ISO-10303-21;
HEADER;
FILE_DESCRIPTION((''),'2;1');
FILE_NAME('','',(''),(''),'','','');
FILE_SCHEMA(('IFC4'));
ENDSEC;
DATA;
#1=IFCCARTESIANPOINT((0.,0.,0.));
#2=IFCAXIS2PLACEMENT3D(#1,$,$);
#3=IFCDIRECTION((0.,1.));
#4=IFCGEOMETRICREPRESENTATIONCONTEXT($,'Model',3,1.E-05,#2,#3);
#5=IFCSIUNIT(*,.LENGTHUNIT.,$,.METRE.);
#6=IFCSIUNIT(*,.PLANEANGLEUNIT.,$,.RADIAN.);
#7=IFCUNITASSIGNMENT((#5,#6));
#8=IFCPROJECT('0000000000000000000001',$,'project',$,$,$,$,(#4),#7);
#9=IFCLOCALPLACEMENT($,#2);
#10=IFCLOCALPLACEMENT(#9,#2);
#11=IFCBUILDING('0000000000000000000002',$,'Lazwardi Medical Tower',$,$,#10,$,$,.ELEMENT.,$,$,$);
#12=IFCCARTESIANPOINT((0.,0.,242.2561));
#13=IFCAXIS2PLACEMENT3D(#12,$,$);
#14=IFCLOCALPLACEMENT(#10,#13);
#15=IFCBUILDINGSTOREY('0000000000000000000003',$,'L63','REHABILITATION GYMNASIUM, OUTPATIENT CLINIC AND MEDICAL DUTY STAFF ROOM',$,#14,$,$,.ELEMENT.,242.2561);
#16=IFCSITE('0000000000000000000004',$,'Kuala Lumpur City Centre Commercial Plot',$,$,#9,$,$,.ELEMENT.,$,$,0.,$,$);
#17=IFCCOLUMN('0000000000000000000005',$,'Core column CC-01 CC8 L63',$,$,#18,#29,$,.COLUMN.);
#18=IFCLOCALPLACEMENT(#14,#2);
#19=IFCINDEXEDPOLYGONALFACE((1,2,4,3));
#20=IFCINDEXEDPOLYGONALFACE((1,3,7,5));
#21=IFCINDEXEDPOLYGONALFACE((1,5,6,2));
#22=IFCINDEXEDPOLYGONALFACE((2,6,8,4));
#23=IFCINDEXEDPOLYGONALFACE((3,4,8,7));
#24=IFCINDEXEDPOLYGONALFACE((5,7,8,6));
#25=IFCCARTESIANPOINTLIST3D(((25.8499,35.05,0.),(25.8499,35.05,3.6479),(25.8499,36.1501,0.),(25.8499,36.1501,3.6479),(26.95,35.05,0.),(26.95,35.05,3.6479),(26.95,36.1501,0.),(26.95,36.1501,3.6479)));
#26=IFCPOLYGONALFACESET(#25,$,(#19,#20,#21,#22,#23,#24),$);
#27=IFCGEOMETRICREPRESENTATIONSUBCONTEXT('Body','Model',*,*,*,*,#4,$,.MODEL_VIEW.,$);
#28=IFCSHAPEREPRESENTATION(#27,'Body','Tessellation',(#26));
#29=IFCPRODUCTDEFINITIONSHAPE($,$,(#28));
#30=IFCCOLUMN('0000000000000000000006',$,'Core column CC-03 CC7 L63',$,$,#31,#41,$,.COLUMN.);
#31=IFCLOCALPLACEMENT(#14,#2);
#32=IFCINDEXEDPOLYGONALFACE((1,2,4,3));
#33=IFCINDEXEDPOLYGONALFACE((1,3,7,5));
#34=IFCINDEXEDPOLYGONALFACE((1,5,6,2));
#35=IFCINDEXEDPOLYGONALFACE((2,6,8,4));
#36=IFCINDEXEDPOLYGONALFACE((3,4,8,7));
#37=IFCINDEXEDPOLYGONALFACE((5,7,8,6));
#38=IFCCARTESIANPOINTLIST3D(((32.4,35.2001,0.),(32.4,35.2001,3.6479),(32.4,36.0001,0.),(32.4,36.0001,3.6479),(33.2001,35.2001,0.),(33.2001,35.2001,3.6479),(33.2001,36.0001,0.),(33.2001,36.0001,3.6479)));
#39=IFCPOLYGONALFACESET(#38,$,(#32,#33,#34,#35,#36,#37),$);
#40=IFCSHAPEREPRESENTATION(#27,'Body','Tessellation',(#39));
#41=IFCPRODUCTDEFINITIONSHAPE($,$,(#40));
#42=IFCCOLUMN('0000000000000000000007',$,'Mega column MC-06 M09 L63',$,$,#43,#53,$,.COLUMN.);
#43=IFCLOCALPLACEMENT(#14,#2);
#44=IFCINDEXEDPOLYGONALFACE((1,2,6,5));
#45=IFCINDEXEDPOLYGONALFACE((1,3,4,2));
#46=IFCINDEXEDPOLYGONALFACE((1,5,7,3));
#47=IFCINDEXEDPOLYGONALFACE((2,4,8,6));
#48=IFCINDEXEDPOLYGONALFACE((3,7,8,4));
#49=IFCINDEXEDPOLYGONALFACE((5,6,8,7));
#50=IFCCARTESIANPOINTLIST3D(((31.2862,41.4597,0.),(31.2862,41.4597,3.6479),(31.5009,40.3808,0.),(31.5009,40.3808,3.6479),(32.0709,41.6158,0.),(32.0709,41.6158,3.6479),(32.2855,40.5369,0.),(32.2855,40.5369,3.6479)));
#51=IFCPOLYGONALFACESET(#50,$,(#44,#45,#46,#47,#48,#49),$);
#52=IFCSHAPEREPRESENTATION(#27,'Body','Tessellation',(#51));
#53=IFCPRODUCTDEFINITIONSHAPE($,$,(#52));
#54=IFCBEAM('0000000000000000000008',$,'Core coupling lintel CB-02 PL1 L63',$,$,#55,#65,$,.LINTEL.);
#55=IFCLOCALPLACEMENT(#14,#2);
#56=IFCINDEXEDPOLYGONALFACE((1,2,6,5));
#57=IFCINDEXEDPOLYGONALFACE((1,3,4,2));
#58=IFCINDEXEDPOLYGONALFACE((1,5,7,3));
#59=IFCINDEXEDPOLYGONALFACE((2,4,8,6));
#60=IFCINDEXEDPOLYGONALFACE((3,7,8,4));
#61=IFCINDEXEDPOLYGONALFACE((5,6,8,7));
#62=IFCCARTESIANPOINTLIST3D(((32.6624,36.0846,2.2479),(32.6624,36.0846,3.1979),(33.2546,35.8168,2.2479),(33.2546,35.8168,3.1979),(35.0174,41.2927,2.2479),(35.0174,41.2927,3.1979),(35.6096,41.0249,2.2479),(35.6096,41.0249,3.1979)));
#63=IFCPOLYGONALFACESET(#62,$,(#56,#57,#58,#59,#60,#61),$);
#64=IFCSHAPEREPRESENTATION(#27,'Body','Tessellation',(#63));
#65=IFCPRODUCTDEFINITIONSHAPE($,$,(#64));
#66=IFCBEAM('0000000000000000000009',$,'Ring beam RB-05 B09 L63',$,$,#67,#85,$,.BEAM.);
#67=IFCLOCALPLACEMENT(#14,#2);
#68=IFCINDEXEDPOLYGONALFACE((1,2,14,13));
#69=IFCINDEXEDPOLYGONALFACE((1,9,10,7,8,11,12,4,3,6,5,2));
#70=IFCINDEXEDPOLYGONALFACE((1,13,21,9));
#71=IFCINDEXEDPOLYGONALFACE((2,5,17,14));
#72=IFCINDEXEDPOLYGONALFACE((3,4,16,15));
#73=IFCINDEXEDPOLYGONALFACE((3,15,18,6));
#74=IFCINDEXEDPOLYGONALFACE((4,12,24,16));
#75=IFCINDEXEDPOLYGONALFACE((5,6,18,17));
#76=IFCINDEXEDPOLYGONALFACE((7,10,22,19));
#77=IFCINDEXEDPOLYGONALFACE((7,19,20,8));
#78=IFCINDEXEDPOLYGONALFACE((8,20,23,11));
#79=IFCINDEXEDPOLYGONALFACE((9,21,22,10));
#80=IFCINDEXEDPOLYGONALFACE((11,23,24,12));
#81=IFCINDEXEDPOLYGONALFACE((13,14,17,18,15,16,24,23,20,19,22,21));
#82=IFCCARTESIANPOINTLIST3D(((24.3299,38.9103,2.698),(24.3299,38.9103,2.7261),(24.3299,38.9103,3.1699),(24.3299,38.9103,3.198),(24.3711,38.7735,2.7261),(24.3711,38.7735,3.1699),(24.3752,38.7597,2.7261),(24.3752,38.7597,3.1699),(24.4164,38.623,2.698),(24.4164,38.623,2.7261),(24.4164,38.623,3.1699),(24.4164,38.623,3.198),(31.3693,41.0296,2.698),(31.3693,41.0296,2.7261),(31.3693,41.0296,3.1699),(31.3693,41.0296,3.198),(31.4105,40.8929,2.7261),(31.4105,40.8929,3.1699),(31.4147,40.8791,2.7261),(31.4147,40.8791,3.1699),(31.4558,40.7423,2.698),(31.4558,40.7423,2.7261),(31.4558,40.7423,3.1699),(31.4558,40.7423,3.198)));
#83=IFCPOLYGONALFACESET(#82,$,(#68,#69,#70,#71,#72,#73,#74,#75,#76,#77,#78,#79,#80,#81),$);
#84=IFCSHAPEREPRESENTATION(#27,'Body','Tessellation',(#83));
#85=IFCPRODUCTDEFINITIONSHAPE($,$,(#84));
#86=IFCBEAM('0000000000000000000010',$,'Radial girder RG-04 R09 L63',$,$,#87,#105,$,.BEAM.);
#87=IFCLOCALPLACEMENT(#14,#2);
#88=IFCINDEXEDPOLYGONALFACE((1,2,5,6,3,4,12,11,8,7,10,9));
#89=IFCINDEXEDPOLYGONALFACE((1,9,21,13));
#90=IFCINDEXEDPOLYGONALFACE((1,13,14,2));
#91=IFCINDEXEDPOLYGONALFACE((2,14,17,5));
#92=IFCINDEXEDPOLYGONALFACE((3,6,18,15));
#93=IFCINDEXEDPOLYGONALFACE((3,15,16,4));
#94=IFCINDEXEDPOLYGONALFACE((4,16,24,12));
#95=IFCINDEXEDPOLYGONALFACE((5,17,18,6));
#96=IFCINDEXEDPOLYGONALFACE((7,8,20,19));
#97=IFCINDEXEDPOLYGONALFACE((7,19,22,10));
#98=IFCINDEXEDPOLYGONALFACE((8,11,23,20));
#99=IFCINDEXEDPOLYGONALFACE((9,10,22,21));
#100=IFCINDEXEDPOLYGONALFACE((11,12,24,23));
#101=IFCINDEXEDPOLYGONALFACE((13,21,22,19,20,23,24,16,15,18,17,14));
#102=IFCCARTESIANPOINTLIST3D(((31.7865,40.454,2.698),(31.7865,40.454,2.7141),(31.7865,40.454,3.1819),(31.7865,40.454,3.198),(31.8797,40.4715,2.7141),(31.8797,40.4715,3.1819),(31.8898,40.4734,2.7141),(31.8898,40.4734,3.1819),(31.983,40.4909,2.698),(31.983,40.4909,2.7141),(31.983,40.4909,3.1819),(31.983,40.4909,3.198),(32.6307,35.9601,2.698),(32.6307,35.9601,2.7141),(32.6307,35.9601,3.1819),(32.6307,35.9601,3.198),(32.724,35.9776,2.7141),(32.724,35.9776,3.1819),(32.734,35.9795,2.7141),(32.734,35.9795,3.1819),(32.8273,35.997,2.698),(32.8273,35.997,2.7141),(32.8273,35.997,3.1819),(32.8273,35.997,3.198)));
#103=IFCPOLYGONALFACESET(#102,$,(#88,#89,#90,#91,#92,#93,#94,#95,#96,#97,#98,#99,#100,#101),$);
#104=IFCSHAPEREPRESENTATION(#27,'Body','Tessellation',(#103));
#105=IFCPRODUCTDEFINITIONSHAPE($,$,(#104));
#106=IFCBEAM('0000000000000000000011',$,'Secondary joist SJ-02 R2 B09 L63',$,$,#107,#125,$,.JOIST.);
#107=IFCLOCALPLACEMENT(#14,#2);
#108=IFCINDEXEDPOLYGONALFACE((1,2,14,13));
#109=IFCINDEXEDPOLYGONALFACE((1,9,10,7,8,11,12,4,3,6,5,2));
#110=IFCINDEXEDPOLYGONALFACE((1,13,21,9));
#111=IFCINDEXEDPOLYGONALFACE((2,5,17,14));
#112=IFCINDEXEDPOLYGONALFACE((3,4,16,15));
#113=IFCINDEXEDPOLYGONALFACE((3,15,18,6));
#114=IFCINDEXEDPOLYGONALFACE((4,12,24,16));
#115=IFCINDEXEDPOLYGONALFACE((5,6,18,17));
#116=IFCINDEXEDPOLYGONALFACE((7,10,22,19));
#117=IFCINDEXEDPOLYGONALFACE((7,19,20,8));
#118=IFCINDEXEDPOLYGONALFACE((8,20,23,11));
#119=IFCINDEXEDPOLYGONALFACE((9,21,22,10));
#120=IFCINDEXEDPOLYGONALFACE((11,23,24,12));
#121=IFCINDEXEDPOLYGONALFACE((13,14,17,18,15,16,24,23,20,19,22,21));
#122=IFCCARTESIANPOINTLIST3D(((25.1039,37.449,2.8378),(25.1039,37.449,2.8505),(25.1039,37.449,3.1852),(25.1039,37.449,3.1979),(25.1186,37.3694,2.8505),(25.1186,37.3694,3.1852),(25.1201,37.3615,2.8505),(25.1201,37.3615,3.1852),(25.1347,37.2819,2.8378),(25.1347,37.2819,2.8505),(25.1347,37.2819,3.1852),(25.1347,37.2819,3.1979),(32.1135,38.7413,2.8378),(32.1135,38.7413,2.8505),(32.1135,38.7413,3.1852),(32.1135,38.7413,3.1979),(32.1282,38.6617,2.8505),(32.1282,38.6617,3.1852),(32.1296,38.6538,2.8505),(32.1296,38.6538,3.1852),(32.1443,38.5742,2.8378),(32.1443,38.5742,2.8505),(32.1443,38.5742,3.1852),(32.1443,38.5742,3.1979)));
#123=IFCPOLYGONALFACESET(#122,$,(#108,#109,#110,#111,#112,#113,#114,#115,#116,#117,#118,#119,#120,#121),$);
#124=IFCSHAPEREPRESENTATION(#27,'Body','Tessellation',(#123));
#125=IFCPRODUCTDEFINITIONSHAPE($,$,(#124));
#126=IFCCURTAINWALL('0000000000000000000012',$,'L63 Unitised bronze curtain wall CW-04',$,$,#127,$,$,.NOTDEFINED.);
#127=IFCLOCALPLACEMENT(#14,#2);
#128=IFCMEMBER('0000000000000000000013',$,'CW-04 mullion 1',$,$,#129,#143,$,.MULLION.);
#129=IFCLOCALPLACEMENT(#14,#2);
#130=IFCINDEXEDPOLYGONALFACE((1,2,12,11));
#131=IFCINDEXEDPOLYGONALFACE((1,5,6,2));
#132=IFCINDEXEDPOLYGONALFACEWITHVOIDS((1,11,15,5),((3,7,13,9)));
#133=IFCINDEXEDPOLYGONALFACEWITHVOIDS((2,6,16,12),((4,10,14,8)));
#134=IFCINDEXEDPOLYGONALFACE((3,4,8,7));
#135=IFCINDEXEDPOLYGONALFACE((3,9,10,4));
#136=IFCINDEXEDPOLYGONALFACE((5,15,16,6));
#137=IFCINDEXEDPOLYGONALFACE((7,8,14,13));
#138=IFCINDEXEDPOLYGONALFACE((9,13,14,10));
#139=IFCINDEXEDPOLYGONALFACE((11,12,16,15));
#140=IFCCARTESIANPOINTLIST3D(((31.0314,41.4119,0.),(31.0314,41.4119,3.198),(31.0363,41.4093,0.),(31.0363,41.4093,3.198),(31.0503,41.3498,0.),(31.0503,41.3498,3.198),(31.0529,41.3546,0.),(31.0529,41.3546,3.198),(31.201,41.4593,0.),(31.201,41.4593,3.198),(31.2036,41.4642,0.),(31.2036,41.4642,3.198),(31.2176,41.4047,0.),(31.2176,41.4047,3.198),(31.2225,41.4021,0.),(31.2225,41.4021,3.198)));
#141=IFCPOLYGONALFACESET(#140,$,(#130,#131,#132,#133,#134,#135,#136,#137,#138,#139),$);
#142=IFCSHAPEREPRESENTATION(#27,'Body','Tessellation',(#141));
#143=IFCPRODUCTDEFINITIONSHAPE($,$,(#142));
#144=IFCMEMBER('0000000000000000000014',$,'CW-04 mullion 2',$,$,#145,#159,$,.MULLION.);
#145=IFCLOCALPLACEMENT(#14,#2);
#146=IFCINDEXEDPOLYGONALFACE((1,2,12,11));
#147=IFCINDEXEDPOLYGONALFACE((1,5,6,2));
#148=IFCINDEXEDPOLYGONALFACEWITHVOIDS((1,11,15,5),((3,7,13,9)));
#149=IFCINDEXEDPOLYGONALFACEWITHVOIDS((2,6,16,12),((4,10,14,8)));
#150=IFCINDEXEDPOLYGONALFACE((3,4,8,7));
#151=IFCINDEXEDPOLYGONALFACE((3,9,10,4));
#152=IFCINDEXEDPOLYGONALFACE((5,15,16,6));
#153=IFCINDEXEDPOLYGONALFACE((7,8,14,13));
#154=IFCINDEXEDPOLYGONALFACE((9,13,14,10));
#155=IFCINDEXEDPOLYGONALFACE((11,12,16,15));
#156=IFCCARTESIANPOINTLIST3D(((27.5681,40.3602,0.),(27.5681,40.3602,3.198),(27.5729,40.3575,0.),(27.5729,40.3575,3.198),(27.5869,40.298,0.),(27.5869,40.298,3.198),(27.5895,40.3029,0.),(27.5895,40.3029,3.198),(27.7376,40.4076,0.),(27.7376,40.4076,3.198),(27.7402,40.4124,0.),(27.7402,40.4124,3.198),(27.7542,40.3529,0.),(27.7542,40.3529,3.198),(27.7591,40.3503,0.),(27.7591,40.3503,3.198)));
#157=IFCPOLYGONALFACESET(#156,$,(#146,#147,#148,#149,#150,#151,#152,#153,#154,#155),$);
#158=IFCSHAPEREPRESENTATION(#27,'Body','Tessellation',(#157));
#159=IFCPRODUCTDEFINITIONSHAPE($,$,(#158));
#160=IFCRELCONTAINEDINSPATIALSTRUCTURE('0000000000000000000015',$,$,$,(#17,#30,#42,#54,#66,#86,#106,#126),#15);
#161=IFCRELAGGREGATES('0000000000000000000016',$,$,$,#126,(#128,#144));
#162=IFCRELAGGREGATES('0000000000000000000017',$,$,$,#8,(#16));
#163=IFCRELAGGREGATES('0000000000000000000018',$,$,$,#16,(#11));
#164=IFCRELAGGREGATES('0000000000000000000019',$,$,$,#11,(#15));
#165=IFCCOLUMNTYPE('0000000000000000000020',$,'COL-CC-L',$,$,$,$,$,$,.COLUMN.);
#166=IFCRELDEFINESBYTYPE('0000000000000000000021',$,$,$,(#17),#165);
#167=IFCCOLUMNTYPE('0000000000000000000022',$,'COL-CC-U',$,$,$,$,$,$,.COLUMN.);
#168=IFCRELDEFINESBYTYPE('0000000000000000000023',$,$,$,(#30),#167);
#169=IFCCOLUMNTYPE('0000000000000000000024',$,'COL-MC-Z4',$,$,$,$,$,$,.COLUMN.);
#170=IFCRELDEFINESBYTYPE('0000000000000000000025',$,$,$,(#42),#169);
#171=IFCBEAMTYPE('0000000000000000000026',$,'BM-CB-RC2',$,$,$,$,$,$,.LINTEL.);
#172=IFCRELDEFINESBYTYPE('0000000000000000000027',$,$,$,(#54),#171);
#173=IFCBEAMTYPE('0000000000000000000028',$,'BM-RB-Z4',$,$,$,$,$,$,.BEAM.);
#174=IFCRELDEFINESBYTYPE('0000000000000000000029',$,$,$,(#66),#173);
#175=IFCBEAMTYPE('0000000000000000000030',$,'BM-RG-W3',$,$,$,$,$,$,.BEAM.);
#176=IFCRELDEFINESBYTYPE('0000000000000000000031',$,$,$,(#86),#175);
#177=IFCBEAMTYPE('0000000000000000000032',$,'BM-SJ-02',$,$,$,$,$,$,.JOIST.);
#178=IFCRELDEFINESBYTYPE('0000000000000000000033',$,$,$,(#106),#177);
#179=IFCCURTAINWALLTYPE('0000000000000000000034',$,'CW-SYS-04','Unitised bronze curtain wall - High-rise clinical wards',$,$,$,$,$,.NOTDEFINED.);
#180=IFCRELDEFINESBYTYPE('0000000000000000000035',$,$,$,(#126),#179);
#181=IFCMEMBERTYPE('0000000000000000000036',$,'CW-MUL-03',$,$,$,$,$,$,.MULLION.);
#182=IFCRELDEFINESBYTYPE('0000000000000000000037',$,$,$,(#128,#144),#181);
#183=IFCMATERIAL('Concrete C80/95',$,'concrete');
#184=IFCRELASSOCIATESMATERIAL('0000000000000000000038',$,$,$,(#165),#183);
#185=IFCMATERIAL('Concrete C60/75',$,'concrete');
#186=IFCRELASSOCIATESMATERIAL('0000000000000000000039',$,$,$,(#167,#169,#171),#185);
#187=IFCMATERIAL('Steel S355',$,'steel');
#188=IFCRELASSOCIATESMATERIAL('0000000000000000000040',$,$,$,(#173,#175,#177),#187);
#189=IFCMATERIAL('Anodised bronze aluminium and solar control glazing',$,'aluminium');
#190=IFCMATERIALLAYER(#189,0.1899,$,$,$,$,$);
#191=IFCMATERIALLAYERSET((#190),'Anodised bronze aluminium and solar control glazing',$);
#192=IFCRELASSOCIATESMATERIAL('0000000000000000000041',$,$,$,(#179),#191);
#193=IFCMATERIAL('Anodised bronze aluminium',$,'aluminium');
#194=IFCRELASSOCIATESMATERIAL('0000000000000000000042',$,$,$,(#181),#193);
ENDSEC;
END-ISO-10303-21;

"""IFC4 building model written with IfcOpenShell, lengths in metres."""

from ifc_helpers import new_model, si_unit, direction, frame, origin, origin_2d, place, context, subcontext, project, spatial, rectangle, hollow_rectangle, i_section, extrude, material, layer, layer_set, material_profile, profile_set, type_object, element, aggregate, save


model = new_model("IFC4")

# Units and contexts
model_context = context("Model", 3, precision=1e-05, world=origin(), true_north=direction((0.0, 1.0)))
body_context = subcontext(model_context, "Body", "Model", "MODEL_VIEW")
ifc_project = project(units=[si_unit("LENGTHUNIT", "METRE"), si_unit("PLANEANGLEUNIT", "RADIAN")], contexts=[model_context])

# Site, building, storey
site_placement = place(None, origin())
site = spatial("IfcSite", under=ifc_project, at=site_placement, Name="Kuala Lumpur City Centre Commercial Plot", CompositionType="ELEMENT", RefElevation=0.0)
building_placement = place(site_placement, origin())
building = spatial("IfcBuilding", under=site, at=building_placement, Name="Lazwardi Medical Tower", CompositionType="ELEMENT")
storey_placement = place(building_placement, frame((0.0, 0.0, 242.2561)))
storey = spatial("IfcBuildingStorey", under=building, at=storey_placement, Name="L63", Description="REHABILITATION GYMNASIUM, OUTPATIENT CLINIC AND MEDICAL DUTY STAFF ROOM", CompositionType="ELEMENT", Elevation=242.2561)

# Columns
ifc_material_1 = material(Name="Concrete C80/95", Category="concrete")
ifc_material_profile_1 = material_profile(ifc_material_1, rectangle(XDim=1.1001, YDim=1.1001, at=origin_2d()), Name="RC 1100x1100")
ifc_profile_set_1 = profile_set([ifc_material_profile_1], Name="Concrete C80/95")
column_type_1 = type_object("IfcColumnType", Name="COL-CC-L", PredefinedType="COLUMN", material=ifc_profile_set_1)
column_1_placement = place(storey_placement, frame((26.3999, 35.6001, 0.0), z_axis=(0.0, 0.0, 1.0), x_axis=(1.0, 0.0, 0.0)))
element("IfcColumn", 1, at=column_1_placement, inside=storey, type_object=column_type_1, Name="Core column CC-01 CC8 L63", PredefinedType="COLUMN", context=body_context, shape_type="SweptSolid", body=[
    extrude(rectangle(XDim=1.1001, YDim=1.1001, at=origin_2d()), origin(), (0.0, 0.0, 1.0), 3.6479),
])
ifc_material_2 = material(Name="Concrete C60/75", Category="concrete")
ifc_material_profile_2 = material_profile(ifc_material_2, rectangle(XDim=0.8, YDim=0.8, at=origin_2d()), Name="RC 800x800")
ifc_profile_set_2 = profile_set([ifc_material_profile_2], Name="Concrete C60/75")
column_type_2 = type_object("IfcColumnType", Name="COL-CC-U", PredefinedType="COLUMN", material=ifc_profile_set_2)
column_2_placement = place(storey_placement, frame((32.8, 35.6001, 0.0), z_axis=(0.0, 0.0, 1.0), x_axis=(1.0, 0.0, 0.0)))
element("IfcColumn", 2, at=column_2_placement, inside=storey, type_object=column_type_2, Name="Core column CC-03 CC7 L63", PredefinedType="COLUMN", context=body_context, shape_type="SweptSolid", body=[
    extrude(rectangle(XDim=0.8, YDim=0.8, at=origin_2d()), origin(), (0.0, 0.0, 1.0), 3.6479),
])
ifc_material_profile_3 = material_profile(ifc_material_2, rectangle(XDim=1.1001, YDim=0.8, at=origin_2d()), Name="CFT-RECT 1100x800")
ifc_profile_set_3 = profile_set([ifc_material_profile_3], Name="Concrete C60/75")
column_type_3 = type_object("IfcColumnType", Name="COL-MC-Z4", PredefinedType="COLUMN", material=ifc_profile_set_3)
column_3_placement = place(storey_placement, frame((31.7859, 40.9983, 0.0), z_axis=(0.0, 0.0, 1.0), x_axis=(-0.19509, 0.980785, 0.0)))
element("IfcColumn", 3, at=column_3_placement, inside=storey, type_object=column_type_3, Name="Mega column MC-06 M09 L63", PredefinedType="COLUMN", context=body_context, shape_type="SweptSolid", body=[
    extrude(rectangle(XDim=1.1001, YDim=0.8, at=origin_2d()), origin(), (0.0, 0.0, 1.0), 3.6479),
])

# Beams
ifc_material_profile_4 = material_profile(ifc_material_2, rectangle(XDim=0.6499, YDim=0.95, at=origin_2d()), Name="RC 650x950")
ifc_profile_set_4 = profile_set([ifc_material_profile_4], Name="Concrete C60/75")
beam_type_1 = type_object("IfcBeamType", Name="BM-CB-RC2", PredefinedType="LINTEL", material=ifc_profile_set_4)
beam_1_placement = place(storey_placement, frame((32.9585, 35.9507, 2.7229), z_axis=(0.412019, 0.911175, 0.0), x_axis=(-0.911175, 0.412019, 0.0)))
element("IfcBeam", 4, at=beam_1_placement, inside=storey, type_object=beam_type_1, Name="Core coupling lintel CB-02 PL1 L63", PredefinedType="LINTEL", context=body_context, shape_type="SweptSolid", body=[
    extrude(rectangle(XDim=0.6499, YDim=0.95, at=origin_2d()), origin(), (0.0, 0.0, 1.0), 5.7158),
])
ifc_material_3 = material(Name="Steel S355", Category="steel")
ifc_material_profile_5 = material_profile(ifc_material_3, i_section(OverallWidth=0.3, OverallDepth=0.5, WebThickness=0.0144, FlangeThickness=0.0281, at=origin_2d()), Name="HEB 500")
ifc_profile_set_5 = profile_set([ifc_material_profile_5], Name="Steel S355")
beam_type_2 = type_object("IfcBeamType", Name="BM-RB-Z4", PredefinedType="BEAM", material=ifc_profile_set_5)
beam_2_placement = place(storey_placement, frame((31.4126, 40.886, 2.948), z_axis=(-0.957544, -0.288286, 0.0), x_axis=(0.288286, -0.957544, 0.0)))
element("IfcBeam", 5, at=beam_2_placement, inside=storey, type_object=beam_type_2, Name="Ring beam RB-05 B09 L63", PredefinedType="BEAM", context=body_context, shape_type="SweptSolid", body=[
    extrude(i_section(OverallWidth=0.3, OverallDepth=0.5, WebThickness=0.0144, FlangeThickness=0.0281, at=origin_2d()), origin(), (0.0, 0.0, 1.0), 7.3516),
])
ifc_material_profile_6 = material_profile(ifc_material_3, i_section(OverallWidth=0.2, OverallDepth=0.5, WebThickness=0.0103, FlangeThickness=0.0161, at=origin_2d()), Name="IPE 500")
ifc_profile_set_6 = profile_set([ifc_material_profile_6], Name="Steel S355")
beam_type_3 = type_object("IfcBeamType", Name="BM-RG-W3", PredefinedType="BEAM", material=ifc_profile_set_6)
beam_3_placement = place(storey_placement, frame((31.8848, 40.4724, 2.948), z_axis=(0.184633, -0.982807, 0.0), x_axis=(0.982807, 0.184633, 0.0)))
element("IfcBeam", 6, at=beam_3_placement, inside=storey, type_object=beam_type_3, Name="Radial girder RG-04 R09 L63", PredefinedType="BEAM", context=body_context, shape_type="SweptSolid", body=[
    extrude(i_section(OverallWidth=0.2, OverallDepth=0.5, WebThickness=0.0103, FlangeThickness=0.0161, at=origin_2d()), origin(), (0.0, 0.0, 1.0), 4.5725),
])
ifc_material_profile_7 = material_profile(ifc_material_3, i_section(OverallWidth=0.1699, OverallDepth=0.3601, WebThickness=0.0081, FlangeThickness=0.0127, at=origin_2d()), Name="IPE 360")
ifc_profile_set_7 = profile_set([ifc_material_profile_7], Name="Steel S355")
beam_type_4 = type_object("IfcBeamType", Name="BM-SJ-02", PredefinedType="JOIST", material=ifc_profile_set_7)
beam_4_placement = place(storey_placement, frame((32.1289, 38.6577, 3.0178), z_axis=(-0.983428, -0.181299, 0.0), x_axis=(0.181299, -0.983428, 0.0)))
element("IfcBeam", 7, at=beam_4_placement, inside=storey, type_object=beam_type_4, Name="Secondary joist SJ-02 R2 B09 L63", PredefinedType="JOIST", context=body_context, shape_type="SweptSolid", body=[
    extrude(i_section(OverallWidth=0.1699, OverallDepth=0.3601, WebThickness=0.0081, FlangeThickness=0.0127, at=origin_2d()), origin(), (0.0, 0.0, 1.0), 7.1277),
])

# Curtain wall, members
ifc_material_4 = material(Name="Anodised bronze aluminium and solar control glazing", Category="aluminium")
ifc_layer_1 = layer(ifc_material_4, 0.1899)
ifc_layer_set_1 = layer_set([ifc_layer_1], Name="Anodised bronze aluminium and solar control glazing")
curtain_wall_type = type_object("IfcCurtainWallType", Name="CW-SYS-04", Description="Unitised bronze curtain wall - High-rise clinical wards", PredefinedType="NOTDEFINED", material=ifc_layer_set_1)
curtain_wall_placement = place(storey_placement, origin())
curtain_wall = element("IfcCurtainWall", 8, at=curtain_wall_placement, inside=storey, type_object=curtain_wall_type, Name="L63 Unitised bronze curtain wall CW-04", PredefinedType="NOTDEFINED")
ifc_material_5 = material(Name="Anodised bronze aluminium", Category="aluminium")
ifc_material_profile_8 = material_profile(ifc_material_5, hollow_rectangle(XDim=0.0649, YDim=0.1799, WallThickness=0.0039, at=origin_2d()), Name="ALU-MULLION 180x65x4")
ifc_profile_set_8 = profile_set([ifc_material_profile_8], Name="Anodised bronze aluminium")
member_type_1 = type_object("IfcMemberType", Name="CW-MUL-03", PredefinedType="MULLION", material=ifc_profile_set_8)
member_1_placement = place(storey_placement, frame((31.127, 41.407, 0.0), z_axis=(0.0, 0.0, 1.0), x_axis=(0.290582, -0.95685, 0.0)))
member_1 = element("IfcMember", 9, at=member_1_placement, type_object=member_type_1, Name="CW-04 mullion 1", PredefinedType="MULLION", context=body_context, shape_type="SweptSolid", body=[
    extrude(hollow_rectangle(XDim=0.0649, YDim=0.1799, WallThickness=0.0039, at=origin_2d()), origin(), (0.0, 0.0, 1.0), 3.198),
])
member_2_placement = place(storey_placement, frame((27.6636, 40.3552, 0.0), z_axis=(0.0, 0.0, 1.0), x_axis=(0.290582, -0.95685, 0.0)))
member_2 = element("IfcMember", 10, at=member_2_placement, type_object=member_type_1, Name="CW-04 mullion 2", PredefinedType="MULLION", context=body_context, shape_type="SweptSolid", body=[
    extrude(hollow_rectangle(XDim=0.0649, YDim=0.1799, WallThickness=0.0039, at=origin_2d()), origin(), (0.0, 0.0, 1.0), 3.198),
])
aggregate(curtain_wall, [member_1, member_2])

save(model, "model.ifc")
